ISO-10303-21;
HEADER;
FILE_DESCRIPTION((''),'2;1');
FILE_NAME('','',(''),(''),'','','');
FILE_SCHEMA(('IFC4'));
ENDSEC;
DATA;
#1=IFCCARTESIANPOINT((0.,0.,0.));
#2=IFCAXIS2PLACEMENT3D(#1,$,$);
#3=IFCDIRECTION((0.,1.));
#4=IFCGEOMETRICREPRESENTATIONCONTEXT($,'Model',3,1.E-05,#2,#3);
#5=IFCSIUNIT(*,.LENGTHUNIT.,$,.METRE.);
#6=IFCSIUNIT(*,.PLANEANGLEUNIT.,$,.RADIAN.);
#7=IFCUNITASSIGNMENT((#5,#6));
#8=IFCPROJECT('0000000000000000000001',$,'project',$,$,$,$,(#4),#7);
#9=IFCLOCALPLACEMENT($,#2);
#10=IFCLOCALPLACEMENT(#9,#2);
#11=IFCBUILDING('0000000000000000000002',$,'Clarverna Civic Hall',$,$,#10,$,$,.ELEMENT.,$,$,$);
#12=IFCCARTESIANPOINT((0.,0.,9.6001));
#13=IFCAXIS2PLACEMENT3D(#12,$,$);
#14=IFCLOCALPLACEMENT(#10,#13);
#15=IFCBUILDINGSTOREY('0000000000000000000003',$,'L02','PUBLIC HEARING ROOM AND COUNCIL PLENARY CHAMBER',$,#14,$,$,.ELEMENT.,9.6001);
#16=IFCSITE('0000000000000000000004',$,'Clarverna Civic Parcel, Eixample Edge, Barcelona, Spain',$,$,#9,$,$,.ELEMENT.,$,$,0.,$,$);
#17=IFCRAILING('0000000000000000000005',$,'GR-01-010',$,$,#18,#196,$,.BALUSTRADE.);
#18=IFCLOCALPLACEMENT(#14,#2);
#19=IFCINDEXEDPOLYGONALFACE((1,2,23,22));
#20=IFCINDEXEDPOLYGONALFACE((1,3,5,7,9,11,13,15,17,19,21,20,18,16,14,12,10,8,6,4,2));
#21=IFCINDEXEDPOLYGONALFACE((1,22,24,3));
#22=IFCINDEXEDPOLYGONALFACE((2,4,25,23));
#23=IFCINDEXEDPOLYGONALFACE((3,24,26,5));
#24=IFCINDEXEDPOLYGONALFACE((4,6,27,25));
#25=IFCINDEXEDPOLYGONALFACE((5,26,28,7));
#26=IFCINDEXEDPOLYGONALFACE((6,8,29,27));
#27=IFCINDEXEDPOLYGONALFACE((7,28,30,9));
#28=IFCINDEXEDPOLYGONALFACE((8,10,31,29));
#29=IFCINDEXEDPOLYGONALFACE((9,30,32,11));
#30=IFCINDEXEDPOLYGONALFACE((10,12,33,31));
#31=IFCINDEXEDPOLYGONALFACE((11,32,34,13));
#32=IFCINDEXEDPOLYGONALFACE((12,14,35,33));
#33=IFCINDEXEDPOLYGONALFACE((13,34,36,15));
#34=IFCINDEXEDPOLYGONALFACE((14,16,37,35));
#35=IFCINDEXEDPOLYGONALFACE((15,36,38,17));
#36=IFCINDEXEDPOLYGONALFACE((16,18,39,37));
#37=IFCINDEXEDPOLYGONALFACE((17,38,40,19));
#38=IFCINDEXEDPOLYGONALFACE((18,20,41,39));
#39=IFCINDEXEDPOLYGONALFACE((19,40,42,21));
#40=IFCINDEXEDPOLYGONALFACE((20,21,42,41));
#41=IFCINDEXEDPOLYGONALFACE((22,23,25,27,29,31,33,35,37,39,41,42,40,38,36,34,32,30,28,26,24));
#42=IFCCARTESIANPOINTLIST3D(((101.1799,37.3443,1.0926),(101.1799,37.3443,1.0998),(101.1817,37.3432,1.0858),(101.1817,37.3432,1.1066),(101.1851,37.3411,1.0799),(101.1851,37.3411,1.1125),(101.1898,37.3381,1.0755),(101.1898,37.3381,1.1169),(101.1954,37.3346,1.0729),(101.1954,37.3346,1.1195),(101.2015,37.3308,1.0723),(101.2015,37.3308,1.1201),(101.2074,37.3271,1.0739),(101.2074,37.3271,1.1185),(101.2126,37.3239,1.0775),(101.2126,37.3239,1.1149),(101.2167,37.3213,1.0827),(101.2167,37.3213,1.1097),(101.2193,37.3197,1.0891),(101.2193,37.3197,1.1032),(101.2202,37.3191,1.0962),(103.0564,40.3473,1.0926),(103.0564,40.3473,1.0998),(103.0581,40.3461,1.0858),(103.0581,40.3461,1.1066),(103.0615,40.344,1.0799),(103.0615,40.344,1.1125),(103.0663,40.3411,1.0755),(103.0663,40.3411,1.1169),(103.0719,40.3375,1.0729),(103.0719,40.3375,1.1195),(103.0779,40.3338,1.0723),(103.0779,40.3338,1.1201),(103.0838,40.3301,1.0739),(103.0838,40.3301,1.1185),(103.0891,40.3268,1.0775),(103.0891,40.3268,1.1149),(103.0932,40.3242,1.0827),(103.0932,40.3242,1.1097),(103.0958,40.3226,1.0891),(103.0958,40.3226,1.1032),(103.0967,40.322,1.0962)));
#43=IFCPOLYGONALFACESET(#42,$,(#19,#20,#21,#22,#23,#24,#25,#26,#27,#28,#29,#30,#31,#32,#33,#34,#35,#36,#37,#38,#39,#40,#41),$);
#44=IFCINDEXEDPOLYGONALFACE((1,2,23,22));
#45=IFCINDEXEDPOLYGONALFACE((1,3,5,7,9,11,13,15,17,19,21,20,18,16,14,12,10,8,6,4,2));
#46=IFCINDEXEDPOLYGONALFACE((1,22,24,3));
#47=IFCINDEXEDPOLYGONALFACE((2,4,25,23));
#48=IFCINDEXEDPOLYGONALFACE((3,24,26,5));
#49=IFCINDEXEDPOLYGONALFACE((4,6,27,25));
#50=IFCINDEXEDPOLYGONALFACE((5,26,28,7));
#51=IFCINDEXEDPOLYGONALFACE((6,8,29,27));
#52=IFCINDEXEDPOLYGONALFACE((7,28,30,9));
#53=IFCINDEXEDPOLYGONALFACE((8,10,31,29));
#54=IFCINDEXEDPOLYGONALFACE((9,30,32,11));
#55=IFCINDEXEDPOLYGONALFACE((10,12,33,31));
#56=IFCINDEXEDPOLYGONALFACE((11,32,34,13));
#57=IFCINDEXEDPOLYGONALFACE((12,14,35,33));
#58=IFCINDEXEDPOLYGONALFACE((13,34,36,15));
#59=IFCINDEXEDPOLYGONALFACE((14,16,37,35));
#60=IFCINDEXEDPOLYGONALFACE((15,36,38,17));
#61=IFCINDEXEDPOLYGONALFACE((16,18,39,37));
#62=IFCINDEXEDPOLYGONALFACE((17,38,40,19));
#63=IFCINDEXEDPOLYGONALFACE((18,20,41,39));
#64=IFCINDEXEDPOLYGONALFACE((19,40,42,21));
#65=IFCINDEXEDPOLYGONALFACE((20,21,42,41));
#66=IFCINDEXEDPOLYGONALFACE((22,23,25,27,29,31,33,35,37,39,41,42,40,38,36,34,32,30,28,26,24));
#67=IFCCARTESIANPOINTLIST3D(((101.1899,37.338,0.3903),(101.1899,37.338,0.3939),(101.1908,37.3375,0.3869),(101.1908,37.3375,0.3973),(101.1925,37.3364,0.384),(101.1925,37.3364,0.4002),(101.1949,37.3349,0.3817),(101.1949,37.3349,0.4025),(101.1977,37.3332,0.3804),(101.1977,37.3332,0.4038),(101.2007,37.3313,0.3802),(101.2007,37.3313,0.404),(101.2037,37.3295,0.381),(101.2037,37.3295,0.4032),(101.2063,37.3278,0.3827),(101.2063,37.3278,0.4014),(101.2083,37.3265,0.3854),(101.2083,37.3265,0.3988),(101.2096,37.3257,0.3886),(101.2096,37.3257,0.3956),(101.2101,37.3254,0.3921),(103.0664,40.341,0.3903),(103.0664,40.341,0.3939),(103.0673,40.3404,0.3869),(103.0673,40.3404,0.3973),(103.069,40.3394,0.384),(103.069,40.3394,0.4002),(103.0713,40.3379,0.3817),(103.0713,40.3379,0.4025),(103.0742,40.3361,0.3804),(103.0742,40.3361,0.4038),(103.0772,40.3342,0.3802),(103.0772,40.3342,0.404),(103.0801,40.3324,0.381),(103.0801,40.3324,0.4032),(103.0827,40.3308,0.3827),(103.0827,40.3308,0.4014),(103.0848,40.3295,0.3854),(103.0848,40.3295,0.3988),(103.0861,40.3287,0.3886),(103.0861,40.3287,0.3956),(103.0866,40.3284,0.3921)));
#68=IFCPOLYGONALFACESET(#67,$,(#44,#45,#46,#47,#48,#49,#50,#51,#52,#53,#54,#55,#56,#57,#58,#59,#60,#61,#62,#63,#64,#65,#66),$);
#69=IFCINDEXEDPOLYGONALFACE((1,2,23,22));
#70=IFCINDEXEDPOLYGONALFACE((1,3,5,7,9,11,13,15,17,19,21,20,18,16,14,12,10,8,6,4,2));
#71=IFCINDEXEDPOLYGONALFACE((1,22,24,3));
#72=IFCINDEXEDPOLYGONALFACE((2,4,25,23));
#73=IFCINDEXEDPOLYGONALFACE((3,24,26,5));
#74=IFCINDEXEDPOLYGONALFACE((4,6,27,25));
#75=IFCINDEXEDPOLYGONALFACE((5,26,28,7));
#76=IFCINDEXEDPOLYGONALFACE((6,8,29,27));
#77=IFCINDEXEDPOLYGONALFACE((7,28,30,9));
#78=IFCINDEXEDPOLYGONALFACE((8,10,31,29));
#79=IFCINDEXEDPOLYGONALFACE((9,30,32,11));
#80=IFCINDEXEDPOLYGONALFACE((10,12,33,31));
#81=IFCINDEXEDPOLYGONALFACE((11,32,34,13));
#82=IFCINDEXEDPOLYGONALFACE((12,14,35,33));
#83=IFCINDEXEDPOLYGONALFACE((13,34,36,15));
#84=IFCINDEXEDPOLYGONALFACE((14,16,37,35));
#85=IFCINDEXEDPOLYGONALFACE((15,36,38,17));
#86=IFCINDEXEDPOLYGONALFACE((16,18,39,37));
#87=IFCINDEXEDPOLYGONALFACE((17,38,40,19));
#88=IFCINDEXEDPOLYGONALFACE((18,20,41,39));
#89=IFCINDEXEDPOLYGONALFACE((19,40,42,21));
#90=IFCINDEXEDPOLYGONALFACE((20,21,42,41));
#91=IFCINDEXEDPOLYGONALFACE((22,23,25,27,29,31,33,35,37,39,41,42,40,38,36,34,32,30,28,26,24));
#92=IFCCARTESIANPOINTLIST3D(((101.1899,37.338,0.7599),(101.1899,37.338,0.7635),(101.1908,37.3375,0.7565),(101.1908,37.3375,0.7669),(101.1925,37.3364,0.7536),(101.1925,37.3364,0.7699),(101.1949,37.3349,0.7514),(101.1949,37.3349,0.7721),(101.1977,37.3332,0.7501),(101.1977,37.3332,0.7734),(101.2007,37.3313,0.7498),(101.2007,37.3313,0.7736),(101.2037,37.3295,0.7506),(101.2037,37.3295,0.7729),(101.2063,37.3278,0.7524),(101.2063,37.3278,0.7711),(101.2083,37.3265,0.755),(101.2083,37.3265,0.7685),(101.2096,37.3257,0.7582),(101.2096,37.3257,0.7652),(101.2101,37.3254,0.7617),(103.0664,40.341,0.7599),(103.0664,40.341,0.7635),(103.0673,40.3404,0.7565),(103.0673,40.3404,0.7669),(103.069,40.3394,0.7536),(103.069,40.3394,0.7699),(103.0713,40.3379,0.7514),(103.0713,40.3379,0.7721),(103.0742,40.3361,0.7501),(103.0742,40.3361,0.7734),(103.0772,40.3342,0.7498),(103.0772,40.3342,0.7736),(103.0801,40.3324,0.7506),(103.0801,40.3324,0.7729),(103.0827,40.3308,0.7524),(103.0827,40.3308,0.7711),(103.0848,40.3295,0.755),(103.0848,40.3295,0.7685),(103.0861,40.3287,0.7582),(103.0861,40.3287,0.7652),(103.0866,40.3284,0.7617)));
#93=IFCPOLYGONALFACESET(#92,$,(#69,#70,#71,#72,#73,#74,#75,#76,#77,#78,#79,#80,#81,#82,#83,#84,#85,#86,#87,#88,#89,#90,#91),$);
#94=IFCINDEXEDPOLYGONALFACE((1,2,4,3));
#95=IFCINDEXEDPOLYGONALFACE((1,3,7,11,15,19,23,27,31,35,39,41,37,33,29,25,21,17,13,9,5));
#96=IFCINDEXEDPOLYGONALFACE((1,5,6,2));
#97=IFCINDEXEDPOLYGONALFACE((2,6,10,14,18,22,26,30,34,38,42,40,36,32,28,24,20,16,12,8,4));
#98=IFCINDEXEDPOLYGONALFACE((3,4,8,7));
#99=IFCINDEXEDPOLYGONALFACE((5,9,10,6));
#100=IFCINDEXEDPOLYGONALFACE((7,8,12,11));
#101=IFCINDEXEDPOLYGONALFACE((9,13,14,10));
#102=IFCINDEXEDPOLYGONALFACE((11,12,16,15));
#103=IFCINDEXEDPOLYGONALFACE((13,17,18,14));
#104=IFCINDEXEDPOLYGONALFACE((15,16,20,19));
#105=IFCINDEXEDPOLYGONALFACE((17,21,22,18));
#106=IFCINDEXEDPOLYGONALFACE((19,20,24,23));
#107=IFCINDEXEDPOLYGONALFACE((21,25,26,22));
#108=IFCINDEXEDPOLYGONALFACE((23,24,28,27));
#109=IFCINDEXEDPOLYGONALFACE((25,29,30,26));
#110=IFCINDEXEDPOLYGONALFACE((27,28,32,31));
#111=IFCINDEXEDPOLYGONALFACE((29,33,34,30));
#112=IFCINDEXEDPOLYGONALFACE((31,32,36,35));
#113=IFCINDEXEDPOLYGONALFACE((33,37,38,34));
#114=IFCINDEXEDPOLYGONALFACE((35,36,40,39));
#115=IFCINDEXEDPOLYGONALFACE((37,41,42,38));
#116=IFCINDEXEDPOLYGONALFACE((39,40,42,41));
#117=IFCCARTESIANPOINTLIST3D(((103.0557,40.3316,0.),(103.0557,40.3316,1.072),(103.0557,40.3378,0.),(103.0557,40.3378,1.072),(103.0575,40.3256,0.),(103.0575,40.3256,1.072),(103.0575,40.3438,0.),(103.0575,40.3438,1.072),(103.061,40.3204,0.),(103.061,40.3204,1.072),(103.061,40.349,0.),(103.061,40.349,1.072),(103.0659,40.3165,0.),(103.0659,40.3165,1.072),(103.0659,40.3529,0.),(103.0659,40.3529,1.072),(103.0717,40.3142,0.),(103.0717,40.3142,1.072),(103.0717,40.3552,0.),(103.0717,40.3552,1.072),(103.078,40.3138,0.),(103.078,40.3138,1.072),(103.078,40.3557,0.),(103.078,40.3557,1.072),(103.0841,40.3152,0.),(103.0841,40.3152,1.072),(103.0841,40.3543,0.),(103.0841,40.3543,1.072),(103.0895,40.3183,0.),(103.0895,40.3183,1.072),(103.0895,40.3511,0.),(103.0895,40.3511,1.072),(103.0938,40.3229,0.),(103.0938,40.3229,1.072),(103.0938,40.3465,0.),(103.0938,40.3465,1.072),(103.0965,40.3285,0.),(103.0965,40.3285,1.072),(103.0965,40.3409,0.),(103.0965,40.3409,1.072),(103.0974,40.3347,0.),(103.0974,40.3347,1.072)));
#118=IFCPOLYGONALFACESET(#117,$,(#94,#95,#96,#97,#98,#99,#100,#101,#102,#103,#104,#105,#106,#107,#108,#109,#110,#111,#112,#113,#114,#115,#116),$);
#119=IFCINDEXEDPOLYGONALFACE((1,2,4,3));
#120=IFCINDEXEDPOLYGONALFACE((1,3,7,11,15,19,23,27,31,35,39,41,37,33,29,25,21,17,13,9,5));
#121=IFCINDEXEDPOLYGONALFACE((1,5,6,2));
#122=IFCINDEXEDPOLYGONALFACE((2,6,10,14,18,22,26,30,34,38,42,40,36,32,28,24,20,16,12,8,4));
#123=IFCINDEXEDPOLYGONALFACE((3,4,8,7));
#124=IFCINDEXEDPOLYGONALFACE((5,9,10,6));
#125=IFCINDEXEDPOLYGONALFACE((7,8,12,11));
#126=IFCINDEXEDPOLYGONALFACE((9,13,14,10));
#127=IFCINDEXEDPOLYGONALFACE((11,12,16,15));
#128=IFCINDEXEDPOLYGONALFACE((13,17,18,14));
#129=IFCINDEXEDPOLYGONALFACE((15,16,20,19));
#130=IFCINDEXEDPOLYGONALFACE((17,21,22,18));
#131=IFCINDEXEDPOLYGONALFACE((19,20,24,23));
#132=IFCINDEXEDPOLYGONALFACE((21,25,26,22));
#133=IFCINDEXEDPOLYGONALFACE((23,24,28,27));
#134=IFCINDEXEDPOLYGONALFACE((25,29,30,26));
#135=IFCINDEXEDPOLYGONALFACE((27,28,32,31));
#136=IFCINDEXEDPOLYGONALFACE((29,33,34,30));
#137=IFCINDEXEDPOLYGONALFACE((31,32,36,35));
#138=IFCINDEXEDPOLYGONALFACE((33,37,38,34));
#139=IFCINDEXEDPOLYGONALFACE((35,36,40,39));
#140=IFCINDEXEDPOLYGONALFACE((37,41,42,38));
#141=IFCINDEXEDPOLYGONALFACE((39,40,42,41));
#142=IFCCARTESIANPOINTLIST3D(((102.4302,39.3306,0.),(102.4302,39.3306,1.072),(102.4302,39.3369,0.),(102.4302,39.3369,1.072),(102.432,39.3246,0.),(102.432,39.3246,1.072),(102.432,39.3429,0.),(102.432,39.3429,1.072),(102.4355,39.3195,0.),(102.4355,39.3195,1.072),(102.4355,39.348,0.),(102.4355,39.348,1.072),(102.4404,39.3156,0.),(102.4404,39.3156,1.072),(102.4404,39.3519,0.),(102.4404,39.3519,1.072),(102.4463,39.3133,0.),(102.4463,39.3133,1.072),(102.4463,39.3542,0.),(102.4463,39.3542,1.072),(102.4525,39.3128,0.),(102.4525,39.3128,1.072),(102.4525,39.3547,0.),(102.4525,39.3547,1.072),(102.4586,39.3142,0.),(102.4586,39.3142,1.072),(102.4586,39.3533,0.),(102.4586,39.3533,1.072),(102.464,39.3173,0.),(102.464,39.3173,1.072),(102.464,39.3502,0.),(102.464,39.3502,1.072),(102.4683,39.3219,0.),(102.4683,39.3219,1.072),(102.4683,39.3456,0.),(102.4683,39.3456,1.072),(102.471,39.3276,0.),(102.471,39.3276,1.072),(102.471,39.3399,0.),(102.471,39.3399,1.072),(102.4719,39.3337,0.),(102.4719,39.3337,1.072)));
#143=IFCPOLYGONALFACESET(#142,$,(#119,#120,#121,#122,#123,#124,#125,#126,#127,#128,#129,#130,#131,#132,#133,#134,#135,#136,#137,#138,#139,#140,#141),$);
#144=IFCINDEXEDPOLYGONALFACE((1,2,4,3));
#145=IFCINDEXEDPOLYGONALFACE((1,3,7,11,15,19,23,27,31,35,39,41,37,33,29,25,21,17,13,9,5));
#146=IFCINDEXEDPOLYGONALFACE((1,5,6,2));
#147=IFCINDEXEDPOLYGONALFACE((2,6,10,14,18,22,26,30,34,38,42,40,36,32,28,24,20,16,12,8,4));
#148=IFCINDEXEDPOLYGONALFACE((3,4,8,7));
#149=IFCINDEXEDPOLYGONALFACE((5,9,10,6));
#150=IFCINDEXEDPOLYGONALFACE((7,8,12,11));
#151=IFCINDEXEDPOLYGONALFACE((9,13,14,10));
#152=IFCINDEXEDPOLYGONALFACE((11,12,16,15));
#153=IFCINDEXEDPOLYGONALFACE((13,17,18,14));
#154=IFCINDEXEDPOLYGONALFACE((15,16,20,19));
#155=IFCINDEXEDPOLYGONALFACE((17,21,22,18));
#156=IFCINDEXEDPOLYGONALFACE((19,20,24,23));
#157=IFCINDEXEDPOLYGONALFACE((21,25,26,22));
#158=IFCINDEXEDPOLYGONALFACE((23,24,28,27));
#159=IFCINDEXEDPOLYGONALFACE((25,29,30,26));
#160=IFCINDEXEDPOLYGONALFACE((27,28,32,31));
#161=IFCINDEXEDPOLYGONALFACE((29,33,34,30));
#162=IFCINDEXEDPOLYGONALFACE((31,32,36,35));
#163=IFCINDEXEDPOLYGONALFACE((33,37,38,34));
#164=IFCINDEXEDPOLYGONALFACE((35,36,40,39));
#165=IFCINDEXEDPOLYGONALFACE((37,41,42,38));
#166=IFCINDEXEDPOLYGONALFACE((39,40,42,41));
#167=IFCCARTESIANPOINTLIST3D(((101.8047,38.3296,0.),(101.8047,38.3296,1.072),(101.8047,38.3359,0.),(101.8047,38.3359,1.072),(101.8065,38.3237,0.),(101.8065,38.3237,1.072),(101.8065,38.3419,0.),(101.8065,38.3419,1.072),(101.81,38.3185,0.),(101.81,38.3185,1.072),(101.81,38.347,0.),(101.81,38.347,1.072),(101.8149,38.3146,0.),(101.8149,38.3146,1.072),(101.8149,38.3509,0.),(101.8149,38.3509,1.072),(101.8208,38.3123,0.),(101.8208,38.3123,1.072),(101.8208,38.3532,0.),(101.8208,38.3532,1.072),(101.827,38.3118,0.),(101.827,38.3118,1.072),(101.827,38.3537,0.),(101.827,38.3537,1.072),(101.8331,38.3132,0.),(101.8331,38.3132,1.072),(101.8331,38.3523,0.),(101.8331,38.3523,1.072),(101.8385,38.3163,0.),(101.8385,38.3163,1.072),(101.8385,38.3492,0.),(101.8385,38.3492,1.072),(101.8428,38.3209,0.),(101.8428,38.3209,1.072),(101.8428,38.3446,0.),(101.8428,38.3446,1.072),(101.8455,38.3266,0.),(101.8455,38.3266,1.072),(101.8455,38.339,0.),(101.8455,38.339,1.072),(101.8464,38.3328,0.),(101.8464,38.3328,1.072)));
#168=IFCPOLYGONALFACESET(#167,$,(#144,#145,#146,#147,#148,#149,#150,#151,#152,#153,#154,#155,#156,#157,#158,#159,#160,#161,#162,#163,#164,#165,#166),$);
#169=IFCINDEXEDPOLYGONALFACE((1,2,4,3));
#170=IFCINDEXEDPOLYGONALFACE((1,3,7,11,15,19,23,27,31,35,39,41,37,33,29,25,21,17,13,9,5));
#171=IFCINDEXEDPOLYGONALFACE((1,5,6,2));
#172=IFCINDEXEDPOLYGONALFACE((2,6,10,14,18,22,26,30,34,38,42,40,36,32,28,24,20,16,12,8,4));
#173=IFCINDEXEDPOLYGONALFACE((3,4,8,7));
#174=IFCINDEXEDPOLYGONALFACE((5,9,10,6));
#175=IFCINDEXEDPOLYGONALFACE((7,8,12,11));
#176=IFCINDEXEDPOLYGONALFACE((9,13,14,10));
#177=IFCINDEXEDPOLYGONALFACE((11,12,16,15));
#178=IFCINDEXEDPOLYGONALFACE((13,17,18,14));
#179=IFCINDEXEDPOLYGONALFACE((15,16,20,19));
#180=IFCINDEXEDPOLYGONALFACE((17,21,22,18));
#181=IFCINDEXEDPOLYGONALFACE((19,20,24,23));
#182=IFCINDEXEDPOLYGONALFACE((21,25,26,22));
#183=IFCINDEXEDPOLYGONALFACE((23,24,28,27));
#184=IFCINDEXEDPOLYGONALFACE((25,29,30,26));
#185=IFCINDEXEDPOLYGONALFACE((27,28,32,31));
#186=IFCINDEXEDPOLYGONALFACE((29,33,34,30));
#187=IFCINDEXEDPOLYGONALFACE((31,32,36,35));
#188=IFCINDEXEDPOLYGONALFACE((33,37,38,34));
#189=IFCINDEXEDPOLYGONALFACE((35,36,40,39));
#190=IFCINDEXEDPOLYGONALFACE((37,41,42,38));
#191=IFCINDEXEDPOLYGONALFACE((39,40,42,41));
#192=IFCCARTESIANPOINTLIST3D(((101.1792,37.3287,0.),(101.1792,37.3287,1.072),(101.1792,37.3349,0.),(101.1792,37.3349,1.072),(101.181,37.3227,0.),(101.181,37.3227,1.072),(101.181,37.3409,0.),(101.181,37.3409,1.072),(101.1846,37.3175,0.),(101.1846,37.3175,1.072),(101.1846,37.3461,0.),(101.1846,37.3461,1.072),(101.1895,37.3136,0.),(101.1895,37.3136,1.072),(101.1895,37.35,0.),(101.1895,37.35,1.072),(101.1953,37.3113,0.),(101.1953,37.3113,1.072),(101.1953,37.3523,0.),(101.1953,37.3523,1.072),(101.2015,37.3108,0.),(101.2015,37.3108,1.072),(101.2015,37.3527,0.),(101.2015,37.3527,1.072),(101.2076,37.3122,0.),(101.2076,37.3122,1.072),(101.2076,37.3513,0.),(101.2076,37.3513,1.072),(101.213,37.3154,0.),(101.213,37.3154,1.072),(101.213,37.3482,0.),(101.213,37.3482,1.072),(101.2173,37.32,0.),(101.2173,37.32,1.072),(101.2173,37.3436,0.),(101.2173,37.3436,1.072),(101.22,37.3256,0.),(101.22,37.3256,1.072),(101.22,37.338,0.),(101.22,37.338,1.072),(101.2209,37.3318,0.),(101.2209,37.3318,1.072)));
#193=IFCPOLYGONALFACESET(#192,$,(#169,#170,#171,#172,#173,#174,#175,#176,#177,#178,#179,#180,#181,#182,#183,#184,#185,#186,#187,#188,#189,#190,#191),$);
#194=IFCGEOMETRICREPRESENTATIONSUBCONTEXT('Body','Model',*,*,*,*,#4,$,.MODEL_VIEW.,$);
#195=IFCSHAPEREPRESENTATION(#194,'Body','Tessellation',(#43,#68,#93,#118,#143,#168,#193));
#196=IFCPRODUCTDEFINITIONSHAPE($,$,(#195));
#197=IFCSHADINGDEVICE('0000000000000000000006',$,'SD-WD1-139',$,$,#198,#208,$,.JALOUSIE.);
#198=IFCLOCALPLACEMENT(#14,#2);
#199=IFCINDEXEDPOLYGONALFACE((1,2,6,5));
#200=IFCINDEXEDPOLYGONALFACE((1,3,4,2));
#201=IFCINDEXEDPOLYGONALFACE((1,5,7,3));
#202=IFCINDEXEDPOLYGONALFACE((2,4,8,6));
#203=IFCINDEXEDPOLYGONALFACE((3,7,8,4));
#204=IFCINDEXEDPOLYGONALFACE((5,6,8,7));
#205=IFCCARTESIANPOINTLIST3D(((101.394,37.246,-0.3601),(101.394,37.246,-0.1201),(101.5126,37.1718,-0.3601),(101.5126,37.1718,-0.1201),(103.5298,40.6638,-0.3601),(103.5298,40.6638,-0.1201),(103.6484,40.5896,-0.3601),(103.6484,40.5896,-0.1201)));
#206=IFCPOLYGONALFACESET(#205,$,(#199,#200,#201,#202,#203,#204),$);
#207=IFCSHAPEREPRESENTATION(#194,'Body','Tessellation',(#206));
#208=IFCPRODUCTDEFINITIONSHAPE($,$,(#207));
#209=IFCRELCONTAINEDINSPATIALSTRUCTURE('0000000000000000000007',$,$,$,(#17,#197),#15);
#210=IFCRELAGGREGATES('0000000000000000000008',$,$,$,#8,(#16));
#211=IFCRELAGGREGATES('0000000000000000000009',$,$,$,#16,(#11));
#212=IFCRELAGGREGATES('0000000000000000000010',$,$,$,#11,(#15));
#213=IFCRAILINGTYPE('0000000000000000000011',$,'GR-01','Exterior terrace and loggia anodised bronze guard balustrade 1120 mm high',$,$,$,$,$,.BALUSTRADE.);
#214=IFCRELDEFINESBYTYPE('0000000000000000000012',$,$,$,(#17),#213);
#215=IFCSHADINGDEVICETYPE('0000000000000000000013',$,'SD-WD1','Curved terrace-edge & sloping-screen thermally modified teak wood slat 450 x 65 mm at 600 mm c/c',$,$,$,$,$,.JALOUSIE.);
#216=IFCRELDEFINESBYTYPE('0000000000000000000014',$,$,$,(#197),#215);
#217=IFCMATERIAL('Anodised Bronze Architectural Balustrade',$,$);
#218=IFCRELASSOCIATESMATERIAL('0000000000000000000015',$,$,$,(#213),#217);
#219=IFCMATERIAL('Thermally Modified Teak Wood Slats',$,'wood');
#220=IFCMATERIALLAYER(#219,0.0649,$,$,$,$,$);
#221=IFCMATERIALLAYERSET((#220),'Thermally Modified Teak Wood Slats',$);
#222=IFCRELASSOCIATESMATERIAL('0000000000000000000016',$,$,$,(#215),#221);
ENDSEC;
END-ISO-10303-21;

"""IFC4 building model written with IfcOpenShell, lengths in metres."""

from ifc_helpers import new_model, si_unit, direction, frame, frame_2d, origin, origin_2d, place, context, subcontext, project, spatial, rectangle, circle, extrude, material, layer, layer_set, type_object, element, save


model = new_model("IFC4")

# Units and contexts
model_context = context("Model", 3, precision=1e-05, world=origin(), true_north=direction((0.0, 1.0)))
body_context = subcontext(model_context, "Body", "Model", "MODEL_VIEW")
ifc_project = project(units=[si_unit("LENGTHUNIT", "METRE"), si_unit("PLANEANGLEUNIT", "RADIAN")], contexts=[model_context])

# Site, building, storey
site_placement = place(None, origin())
site = spatial("IfcSite", under=ifc_project, at=site_placement, Name="Clarverna Civic Parcel, Eixample Edge, Barcelona, Spain", CompositionType="ELEMENT", RefElevation=0.0)
building_placement = place(site_placement, origin())
building = spatial("IfcBuilding", under=site, at=building_placement, Name="Clarverna Civic Hall", CompositionType="ELEMENT")
storey_placement = place(building_placement, frame((0.0, 0.0, 9.6001)))
storey = spatial("IfcBuildingStorey", under=building, at=storey_placement, Name="L02", Description="PUBLIC HEARING ROOM AND COUNCIL PLENARY CHAMBER", CompositionType="ELEMENT", Elevation=9.6001)

# Railing
ifc_material_1 = material(Name="Anodised Bronze Architectural Balustrade")
railing_type = type_object("IfcRailingType", Name="GR-01", Description="Exterior terrace and loggia anodised bronze guard balustrade 1120 mm high", PredefinedType="BALUSTRADE", material=ifc_material_1)
railing_placement = place(storey_placement, frame((103.0764, 40.3347, 0.0)))
element("IfcRailing", 1, at=railing_placement, inside=storey, type_object=railing_type, Name="GR-01-010", PredefinedType="BALUSTRADE", context=body_context, shape_type="SweptSolid", body=[
    extrude(circle(Radius=0.0239, at=origin_2d()), frame((0.0, 0.0, 1.0962), z_axis=(-0.529925, -0.848045, 0.0), x_axis=(0.848045, -0.529925, 0.0)), (0.0, 0.0, 1.0), 3.541),
    extrude(circle(Radius=0.012, at=origin_2d()), frame((0.0, 0.0, 0.3921), z_axis=(-0.529925, -0.848045, 0.0), x_axis=(0.848045, -0.529925, 0.0)), (0.0, 0.0, 1.0), 3.541),
    extrude(circle(Radius=0.012, at=origin_2d()), frame((0.0, 0.0, 0.7617), z_axis=(-0.529925, -0.848045, 0.0), x_axis=(0.848045, -0.529925, 0.0)), (0.0, 0.0, 1.0), 3.541),
    extrude(circle(Radius=0.021, at=origin_2d()), origin(), (0.0, 0.0, 1.0), 1.072),
    extrude(circle(Radius=0.021, at=origin_2d()), frame((-0.6255, -1.001, 0.0)), (0.0, 0.0, 1.0), 1.072),
    extrude(circle(Radius=0.021, at=origin_2d()), frame((-1.251, -2.002, 0.0)), (0.0, 0.0, 1.0), 1.072),
    extrude(circle(Radius=0.021, at=origin_2d()), frame((-1.8765, -3.0029, 0.0)), (0.0, 0.0, 1.0), 1.072),
])

# Shading device
ifc_material_2 = material(Name="Thermally Modified Teak Wood Slats", Category="wood")
ifc_layer_1 = layer(ifc_material_2, 0.0649)
ifc_layer_set_1 = layer_set([ifc_layer_1], Name="Thermally Modified Teak Wood Slats")
shading_device_type = type_object("IfcShadingDeviceType", Name="SD-WD1", Description="Curved terrace-edge & sloping-screen thermally modified teak wood slat 450 x 65 mm at 600 mm c/c", PredefinedType="JALOUSIE", material=ifc_layer_set_1)
for number, where, z_axis, x_axis, name in (
    (2, (103.5891, 40.6267, -0.3601), (0.0, 0.0, 1.0), (-0.529939, -0.848036, 0.0), "SD-WD1-139"),
):
    element("IfcShadingDevice", number, at=place(storey_placement, frame(where, z_axis=z_axis, x_axis=x_axis)), inside=storey, type_object=shading_device_type, Name=name, PredefinedType="JALOUSIE", context=body_context, shape_type="SweptSolid", body=[
        extrude(rectangle(XDim=4.0303, YDim=0.1399, at=frame_2d((2.0151, 0.0))), origin(), (0.0, 0.0, 1.0), 0.24),
    ])

save(model, "model.ifc")
